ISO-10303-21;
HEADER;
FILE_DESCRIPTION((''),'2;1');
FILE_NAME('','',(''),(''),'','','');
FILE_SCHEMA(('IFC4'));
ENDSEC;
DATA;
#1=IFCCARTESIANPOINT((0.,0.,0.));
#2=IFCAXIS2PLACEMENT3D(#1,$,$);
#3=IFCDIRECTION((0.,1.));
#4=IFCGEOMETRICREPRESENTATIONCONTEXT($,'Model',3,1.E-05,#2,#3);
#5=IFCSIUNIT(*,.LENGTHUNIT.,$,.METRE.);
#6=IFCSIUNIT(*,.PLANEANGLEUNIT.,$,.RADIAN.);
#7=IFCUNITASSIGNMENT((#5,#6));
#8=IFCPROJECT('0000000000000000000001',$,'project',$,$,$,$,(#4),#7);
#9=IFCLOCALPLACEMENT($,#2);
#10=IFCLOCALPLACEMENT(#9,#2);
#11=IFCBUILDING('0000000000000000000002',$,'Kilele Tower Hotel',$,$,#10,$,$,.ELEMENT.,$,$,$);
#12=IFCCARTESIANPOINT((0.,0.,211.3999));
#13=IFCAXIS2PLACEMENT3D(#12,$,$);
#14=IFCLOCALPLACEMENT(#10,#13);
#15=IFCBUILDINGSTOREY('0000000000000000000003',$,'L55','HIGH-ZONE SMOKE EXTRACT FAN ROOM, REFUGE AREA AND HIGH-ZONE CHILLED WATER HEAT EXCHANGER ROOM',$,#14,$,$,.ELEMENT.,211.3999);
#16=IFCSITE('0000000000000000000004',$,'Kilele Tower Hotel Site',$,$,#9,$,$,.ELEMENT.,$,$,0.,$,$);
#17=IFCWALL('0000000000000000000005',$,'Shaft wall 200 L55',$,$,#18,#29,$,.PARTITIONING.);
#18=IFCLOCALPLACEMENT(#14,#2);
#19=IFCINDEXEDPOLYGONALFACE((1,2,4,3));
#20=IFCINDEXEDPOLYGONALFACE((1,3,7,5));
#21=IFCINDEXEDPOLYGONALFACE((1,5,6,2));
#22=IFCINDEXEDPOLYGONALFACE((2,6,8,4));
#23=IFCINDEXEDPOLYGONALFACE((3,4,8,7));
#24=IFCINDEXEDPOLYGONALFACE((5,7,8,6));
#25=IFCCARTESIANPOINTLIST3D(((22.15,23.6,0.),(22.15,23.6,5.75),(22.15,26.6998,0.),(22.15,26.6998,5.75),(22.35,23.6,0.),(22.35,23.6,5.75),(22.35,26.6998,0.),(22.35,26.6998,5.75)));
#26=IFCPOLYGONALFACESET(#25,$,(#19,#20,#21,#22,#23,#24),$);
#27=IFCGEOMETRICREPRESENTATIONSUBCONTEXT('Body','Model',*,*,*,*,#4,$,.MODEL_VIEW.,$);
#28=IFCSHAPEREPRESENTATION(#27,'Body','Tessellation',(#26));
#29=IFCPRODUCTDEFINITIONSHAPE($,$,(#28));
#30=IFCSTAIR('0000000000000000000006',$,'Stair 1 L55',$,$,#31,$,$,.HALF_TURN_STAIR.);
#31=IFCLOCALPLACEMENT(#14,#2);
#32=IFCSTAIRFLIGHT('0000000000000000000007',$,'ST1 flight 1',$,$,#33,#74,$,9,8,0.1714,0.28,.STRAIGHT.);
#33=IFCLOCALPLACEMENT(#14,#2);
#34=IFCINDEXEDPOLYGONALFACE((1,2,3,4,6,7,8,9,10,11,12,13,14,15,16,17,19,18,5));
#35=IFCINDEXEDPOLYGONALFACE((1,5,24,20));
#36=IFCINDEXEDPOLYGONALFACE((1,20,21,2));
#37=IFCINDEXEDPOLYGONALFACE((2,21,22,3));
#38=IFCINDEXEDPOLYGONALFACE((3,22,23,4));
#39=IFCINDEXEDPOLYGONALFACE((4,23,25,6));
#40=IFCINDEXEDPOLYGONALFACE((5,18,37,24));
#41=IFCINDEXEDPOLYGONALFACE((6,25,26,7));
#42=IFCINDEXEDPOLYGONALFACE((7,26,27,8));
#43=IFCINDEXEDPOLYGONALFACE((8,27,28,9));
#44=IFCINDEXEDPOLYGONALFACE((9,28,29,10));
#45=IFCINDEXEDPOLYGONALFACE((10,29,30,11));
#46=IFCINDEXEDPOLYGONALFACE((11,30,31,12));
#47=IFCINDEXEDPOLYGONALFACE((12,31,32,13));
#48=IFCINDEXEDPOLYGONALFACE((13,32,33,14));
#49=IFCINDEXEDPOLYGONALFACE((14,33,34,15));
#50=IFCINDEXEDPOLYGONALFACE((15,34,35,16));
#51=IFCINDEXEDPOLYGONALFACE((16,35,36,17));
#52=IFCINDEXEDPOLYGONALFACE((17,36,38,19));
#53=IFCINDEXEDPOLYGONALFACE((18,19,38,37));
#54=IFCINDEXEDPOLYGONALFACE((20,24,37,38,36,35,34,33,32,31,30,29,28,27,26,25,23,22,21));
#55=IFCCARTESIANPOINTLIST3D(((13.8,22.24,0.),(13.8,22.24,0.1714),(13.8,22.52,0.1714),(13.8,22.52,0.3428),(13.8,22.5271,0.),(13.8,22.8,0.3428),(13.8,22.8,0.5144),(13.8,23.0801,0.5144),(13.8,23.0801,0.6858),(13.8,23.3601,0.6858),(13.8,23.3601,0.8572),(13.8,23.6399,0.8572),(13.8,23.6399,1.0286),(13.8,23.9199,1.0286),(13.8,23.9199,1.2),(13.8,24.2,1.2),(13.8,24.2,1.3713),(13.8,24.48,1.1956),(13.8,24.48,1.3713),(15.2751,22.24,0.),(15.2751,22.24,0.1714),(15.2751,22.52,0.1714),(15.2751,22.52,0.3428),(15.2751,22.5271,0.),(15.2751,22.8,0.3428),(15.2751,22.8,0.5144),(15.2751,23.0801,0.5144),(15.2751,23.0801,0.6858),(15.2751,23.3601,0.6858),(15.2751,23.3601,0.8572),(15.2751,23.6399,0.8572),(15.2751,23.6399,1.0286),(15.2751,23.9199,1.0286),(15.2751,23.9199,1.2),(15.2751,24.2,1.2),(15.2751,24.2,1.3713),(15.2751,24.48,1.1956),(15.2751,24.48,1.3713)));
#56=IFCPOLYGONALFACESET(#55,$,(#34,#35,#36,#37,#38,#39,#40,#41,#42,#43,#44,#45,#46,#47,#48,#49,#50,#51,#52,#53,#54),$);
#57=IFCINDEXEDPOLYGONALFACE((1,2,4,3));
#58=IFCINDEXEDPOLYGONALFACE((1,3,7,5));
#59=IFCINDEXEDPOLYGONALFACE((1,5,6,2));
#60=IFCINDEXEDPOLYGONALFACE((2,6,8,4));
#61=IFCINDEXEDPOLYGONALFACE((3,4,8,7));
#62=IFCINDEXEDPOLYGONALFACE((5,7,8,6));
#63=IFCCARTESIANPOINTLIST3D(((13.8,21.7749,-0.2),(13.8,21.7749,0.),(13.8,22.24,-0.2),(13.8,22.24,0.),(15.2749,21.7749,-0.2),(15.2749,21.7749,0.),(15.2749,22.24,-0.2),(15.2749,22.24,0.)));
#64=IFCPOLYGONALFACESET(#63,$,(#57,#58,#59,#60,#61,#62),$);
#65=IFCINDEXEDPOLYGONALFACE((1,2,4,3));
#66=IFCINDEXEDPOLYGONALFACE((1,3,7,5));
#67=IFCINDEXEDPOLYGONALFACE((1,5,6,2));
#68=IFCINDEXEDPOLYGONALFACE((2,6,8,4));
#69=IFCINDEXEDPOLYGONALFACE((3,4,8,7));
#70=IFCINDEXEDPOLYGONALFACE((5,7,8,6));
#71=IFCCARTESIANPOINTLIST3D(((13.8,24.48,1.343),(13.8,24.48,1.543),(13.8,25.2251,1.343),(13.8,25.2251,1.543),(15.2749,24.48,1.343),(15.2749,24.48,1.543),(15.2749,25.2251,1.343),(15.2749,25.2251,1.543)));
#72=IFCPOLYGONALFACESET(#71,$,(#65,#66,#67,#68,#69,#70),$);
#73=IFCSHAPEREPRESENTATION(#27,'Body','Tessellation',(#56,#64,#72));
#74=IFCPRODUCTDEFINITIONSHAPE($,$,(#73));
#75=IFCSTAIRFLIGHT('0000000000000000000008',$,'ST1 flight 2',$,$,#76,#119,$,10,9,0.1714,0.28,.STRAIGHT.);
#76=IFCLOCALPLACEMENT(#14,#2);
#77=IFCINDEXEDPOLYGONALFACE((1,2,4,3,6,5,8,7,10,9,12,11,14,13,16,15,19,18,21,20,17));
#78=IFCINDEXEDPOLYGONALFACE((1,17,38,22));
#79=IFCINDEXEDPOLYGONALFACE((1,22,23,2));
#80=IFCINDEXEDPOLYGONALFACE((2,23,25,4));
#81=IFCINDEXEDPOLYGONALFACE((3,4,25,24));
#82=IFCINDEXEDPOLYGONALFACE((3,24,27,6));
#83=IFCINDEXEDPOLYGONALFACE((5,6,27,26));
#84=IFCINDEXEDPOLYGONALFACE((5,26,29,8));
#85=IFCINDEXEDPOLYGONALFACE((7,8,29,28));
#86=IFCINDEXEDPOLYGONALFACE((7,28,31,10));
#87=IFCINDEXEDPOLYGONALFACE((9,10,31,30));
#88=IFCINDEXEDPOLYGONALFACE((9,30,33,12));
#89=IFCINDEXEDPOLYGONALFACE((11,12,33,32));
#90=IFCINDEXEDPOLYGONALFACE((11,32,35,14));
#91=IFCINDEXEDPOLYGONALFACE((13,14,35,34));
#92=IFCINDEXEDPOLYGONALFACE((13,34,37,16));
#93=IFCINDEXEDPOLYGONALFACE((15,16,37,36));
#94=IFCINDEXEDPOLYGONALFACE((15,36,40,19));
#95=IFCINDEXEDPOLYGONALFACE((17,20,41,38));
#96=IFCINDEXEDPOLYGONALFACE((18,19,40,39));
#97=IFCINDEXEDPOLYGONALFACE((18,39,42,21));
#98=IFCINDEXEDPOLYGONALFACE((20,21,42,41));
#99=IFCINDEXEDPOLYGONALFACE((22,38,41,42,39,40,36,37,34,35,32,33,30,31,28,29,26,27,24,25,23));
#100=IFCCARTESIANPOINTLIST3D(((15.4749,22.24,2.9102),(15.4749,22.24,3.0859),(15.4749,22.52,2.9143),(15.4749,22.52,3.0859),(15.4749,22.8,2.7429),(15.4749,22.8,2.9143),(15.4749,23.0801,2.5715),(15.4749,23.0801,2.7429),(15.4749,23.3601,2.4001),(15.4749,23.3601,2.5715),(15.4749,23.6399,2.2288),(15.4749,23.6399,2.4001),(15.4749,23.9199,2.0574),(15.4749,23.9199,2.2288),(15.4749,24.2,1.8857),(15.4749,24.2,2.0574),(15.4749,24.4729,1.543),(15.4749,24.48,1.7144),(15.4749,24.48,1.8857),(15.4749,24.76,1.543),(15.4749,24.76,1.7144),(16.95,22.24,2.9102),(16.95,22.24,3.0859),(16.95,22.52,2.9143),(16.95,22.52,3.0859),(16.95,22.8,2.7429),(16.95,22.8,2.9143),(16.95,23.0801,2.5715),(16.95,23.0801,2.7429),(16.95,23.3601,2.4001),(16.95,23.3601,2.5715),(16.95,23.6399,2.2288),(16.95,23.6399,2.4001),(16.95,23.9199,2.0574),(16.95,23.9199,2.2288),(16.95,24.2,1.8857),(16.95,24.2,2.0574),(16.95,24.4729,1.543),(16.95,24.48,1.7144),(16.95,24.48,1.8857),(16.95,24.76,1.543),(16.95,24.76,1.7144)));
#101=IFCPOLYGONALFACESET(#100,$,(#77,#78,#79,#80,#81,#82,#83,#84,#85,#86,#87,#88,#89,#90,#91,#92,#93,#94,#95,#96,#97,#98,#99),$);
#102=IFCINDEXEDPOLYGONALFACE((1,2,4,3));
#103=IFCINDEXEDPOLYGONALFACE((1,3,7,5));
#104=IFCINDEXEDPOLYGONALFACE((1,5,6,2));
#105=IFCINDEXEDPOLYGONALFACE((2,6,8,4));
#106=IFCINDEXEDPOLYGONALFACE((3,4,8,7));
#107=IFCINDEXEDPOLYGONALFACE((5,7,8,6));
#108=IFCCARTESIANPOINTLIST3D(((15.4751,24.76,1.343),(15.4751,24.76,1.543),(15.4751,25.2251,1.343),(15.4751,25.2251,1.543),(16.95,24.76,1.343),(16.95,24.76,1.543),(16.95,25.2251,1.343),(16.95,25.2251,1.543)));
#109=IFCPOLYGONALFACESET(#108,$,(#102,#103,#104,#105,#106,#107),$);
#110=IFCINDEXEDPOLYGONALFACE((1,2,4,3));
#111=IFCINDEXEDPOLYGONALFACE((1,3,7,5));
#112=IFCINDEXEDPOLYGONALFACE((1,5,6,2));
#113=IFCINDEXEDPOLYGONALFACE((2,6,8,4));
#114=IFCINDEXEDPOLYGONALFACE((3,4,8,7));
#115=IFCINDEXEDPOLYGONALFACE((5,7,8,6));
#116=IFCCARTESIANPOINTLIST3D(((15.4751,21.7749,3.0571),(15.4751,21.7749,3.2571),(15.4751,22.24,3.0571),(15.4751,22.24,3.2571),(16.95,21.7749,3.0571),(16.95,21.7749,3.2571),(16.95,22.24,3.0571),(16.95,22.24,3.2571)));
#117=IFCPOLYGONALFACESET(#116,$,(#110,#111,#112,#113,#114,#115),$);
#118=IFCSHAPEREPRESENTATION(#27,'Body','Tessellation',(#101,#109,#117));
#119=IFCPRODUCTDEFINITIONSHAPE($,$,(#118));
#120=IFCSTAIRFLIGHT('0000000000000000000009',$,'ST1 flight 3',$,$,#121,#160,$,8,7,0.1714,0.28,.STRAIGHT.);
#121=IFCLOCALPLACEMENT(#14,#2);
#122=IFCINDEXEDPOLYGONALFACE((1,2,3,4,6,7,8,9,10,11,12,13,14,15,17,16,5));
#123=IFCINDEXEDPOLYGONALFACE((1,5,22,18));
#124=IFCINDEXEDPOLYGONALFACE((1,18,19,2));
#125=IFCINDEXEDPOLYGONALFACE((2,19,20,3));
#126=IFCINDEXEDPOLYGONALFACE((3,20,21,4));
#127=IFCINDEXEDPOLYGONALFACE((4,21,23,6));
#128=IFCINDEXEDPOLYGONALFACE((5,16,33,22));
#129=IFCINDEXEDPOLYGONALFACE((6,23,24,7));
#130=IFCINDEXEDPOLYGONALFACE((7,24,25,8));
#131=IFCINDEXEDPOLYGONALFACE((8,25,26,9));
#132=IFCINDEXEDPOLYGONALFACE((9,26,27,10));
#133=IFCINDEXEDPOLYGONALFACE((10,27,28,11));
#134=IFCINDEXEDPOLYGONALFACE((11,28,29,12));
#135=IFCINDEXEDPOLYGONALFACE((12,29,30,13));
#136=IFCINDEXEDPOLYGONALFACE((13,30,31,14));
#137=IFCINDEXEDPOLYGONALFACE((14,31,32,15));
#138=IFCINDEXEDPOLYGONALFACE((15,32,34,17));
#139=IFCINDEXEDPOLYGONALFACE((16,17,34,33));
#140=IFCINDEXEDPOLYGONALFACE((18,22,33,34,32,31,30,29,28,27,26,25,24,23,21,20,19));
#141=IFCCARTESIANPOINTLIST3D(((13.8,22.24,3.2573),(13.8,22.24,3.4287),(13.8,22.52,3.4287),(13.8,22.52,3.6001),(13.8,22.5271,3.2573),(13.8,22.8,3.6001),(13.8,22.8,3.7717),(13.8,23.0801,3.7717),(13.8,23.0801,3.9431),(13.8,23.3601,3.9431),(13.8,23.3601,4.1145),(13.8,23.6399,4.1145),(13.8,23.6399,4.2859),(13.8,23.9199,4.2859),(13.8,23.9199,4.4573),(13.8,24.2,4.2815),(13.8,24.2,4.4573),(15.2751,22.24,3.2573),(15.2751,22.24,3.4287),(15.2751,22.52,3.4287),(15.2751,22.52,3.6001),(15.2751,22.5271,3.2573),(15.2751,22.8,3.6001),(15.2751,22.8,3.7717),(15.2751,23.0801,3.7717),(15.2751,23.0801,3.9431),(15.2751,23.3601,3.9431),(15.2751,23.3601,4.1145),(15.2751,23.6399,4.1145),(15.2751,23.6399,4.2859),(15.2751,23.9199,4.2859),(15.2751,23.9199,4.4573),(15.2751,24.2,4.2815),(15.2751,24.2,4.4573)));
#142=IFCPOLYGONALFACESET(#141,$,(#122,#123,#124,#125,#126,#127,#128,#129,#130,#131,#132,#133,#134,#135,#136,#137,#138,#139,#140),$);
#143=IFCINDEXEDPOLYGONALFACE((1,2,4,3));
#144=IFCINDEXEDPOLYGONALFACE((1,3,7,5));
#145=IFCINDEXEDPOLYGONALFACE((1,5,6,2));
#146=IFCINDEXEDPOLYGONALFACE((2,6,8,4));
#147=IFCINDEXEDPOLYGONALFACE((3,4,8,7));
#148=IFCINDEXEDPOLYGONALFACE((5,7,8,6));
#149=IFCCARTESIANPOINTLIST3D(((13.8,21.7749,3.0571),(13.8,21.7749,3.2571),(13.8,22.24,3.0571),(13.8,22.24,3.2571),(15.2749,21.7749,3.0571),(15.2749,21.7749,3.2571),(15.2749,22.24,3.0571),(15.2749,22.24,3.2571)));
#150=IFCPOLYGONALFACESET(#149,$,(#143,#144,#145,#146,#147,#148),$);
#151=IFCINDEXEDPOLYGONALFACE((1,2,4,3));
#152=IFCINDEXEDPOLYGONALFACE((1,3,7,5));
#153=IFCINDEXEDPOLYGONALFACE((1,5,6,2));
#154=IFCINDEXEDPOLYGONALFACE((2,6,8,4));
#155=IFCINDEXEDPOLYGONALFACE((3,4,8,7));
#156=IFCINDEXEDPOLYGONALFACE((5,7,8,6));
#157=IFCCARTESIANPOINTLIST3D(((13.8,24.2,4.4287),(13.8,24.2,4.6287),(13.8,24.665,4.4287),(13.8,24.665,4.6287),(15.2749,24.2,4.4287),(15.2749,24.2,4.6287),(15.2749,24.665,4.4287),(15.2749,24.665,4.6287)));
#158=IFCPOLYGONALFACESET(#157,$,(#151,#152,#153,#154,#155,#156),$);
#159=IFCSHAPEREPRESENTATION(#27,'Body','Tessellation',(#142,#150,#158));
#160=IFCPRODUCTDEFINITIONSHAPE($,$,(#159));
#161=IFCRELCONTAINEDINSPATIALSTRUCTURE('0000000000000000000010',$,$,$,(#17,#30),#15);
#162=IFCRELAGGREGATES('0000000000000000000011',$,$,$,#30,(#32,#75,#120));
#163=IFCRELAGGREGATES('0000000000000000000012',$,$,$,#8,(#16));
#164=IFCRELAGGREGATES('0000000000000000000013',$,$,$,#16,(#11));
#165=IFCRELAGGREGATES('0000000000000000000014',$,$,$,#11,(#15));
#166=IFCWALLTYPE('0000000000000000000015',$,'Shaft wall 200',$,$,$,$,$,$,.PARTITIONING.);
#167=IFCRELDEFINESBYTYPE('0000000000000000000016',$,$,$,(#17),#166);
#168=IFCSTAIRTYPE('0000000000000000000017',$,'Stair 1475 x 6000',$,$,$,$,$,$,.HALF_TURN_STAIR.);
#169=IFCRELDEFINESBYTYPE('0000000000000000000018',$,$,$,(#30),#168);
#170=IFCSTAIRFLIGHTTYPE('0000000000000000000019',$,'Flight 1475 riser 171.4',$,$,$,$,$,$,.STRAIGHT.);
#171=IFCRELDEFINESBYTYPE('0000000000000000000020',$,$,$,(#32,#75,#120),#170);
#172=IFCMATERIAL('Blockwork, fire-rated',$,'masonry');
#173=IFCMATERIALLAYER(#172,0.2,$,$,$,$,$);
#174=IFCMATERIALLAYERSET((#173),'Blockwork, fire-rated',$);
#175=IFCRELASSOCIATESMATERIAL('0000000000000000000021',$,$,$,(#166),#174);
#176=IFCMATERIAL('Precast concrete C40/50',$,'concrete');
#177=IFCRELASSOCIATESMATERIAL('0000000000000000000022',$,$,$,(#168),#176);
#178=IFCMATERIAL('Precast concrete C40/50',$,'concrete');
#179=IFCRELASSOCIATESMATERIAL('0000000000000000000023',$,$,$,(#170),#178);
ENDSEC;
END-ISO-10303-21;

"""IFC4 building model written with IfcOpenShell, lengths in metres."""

from ifc_helpers import new_model, si_unit, direction, frame, frame_2d, origin, place, context, subcontext, project, spatial, polyline, rectangle, outline, extrude, material, layer, layer_set, type_object, element, aggregate, save


model = new_model("IFC4")

# Units and contexts
model_context = context("Model", 3, precision=1e-05, world=origin(), true_north=direction((0.0, 1.0)))
body_context = subcontext(model_context, "Body", "Model", "MODEL_VIEW")
ifc_project = project(units=[si_unit("LENGTHUNIT", "METRE"), si_unit("PLANEANGLEUNIT", "RADIAN")], contexts=[model_context])

# Site, building, storey
site_placement = place(None, origin())
site = spatial("IfcSite", under=ifc_project, at=site_placement, Name="Kilele Tower Hotel Site", CompositionType="ELEMENT", RefElevation=0.0)
building_placement = place(site_placement, origin())
building = spatial("IfcBuilding", under=site, at=building_placement, Name="Kilele Tower Hotel", CompositionType="ELEMENT")
storey_placement = place(building_placement, frame((0.0, 0.0, 211.3999)))
storey = spatial("IfcBuildingStorey", under=building, at=storey_placement, Name="L55", Description="HIGH-ZONE SMOKE EXTRACT FAN ROOM, REFUGE AREA AND HIGH-ZONE CHILLED WATER HEAT EXCHANGER ROOM", CompositionType="ELEMENT", Elevation=211.3999)

# Wall
ifc_material_1 = material(Name="Blockwork, fire-rated", Category="masonry")
ifc_layer_1 = layer(ifc_material_1, 0.2)
ifc_layer_set_1 = layer_set([ifc_layer_1], Name="Blockwork, fire-rated")
wall_type_1 = type_object("IfcWallType", Name="Shaft wall 200", PredefinedType="PARTITIONING", material=ifc_layer_set_1)
wall_1_placement = place(storey_placement, frame((22.25, 23.6001, 0.0), z_axis=(0.0, 0.0, 1.0), x_axis=(0.0, 1.0, 0.0)))
element("IfcWall", 1, at=wall_1_placement, inside=storey, type_object=wall_type_1, Name="Shaft wall 200 L55", PredefinedType="PARTITIONING", context=body_context, shape_type="SweptSolid", body=[
    extrude(rectangle(XDim=3.0999, YDim=0.2, at=frame_2d((1.5498, 0.0))), origin(), (0.0, 0.0, 1.0), 5.75),
])

# Stair, stair flights
ifc_material_2 = material(Name="Precast concrete C40/50", Category="concrete")
stair_type = type_object("IfcStairType", Name="Stair 1475 x 6000", PredefinedType="HALF_TURN_STAIR", material=ifc_material_2)
stair_placement = place(storey_placement, origin())
stair = element("IfcStair", 2, at=stair_placement, inside=storey, type_object=stair_type, Name="Stair 1 L55", PredefinedType="HALF_TURN_STAIR")
ifc_material_3 = material(Name="Precast concrete C40/50", Category="concrete")
stair_flight_type = type_object("IfcStairFlightType", Name="Flight 1475 riser 171.4", PredefinedType="STRAIGHT", material=ifc_material_3)
stair_flight_1_placement = place(storey_placement, frame((14.5376, 22.24, 0.0), z_axis=(0.0, 0.0, 1.0), x_axis=(0.0, 1.0, 0.0)))
stair_flight_1 = element("IfcStairFlight", 3, at=stair_flight_1_placement, type_object=stair_flight_type, Name="ST1 flight 1", NumberOfRisers=9, NumberOfTreads=8, PredefinedType="STRAIGHT", RiserHeight=0.1714, TreadLength=0.28, context=body_context, shape_type="SweptSolid", body=[
    extrude(outline(polyline([(0.0, 0.0), (0.0, 0.1714), (0.28, 0.1714), (0.28, 0.3428), (0.5601, 0.3428), (0.5601, 0.5144), (0.8401, 0.5144), (0.8401, 0.6858), (1.1201, 0.6858), (1.1201, 0.8572), (1.3999, 0.8572), (1.3999, 1.0286), (1.6799, 1.0286), (1.6799, 1.2), (1.96, 1.2), (1.96, 1.3713), (2.24, 1.3713), (2.24, 1.543), (2.24, 1.1956), (0.2871, 0.0), (0.0, 0.0)])), frame((0.0, 0.7375, 0.0), z_axis=(0.0, -1.0, 0.0), x_axis=(1.0, 0.0, 0.0)), (0.0, 0.0, 1.0), 1.4751),
    extrude(outline(polyline([(-0.4651, 0.7375), (-0.4651, -0.7373), (0.0, -0.7373), (0.0, 0.7375), (-0.4651, 0.7375)])), frame((0.0, 0.0, -0.2)), (0.0, 0.0, 1.0), 0.2),
    extrude(outline(polyline([(2.24, 0.7375), (2.24, -0.7373), (2.9851, -0.7373), (2.9851, 0.7375), (2.24, 0.7375)])), frame((0.0, 0.0, 1.343)), (0.0, 0.0, 1.0), 0.2),
])
stair_flight_2_placement = place(storey_placement, frame((16.2124, 24.76, 1.543), z_axis=(0.0, 0.0, 1.0), x_axis=(0.0, -1.0, 0.0)))
stair_flight_2 = element("IfcStairFlight", 4, at=stair_flight_2_placement, type_object=stair_flight_type, Name="ST1 flight 2", NumberOfRisers=10, NumberOfTreads=9, PredefinedType="STRAIGHT", RiserHeight=0.1714, TreadLength=0.28, context=body_context, shape_type="SweptSolid", body=[
    extrude(outline(polyline([(0.0, 0.0), (0.0, 0.1714), (0.28, 0.1714), (0.28, 0.3428), (0.5601, 0.3428), (0.5601, 0.5144), (0.8401, 0.5144), (0.8401, 0.6858), (1.1201, 0.6858), (1.1201, 0.8572), (1.3999, 0.8572), (1.3999, 1.0286), (1.6799, 1.0286), (1.6799, 1.2), (1.96, 1.2), (1.96, 1.3713), (2.24, 1.3713), (2.24, 1.543), (2.52, 1.543), (2.52, 1.7144), (2.52, 1.3672), (0.2871, 0.0), (0.0, 0.0)])), frame((0.0, 0.7375, 0.0), z_axis=(0.0, -1.0, 0.0), x_axis=(1.0, 0.0, 0.0)), (0.0, 0.0, 1.0), 1.4751),
    extrude(outline(polyline([(0.0, -0.7373), (0.0, 0.7375), (-0.4651, 0.7375), (-0.4651, -0.7373), (0.0, -0.7373)])), frame((0.0, 0.0, -0.2)), (0.0, 0.0, 1.0), 0.2),
    extrude(outline(polyline([(2.9851, -0.7373), (2.9851, 0.7375), (2.52, 0.7375), (2.52, -0.7373), (2.9851, -0.7373)])), frame((0.0, 0.0, 1.5142)), (0.0, 0.0, 1.0), 0.2),
])
stair_flight_3_placement = place(storey_placement, frame((14.5376, 22.24, 3.2573), z_axis=(0.0, 0.0, 1.0), x_axis=(0.0, 1.0, 0.0)))
stair_flight_3 = element("IfcStairFlight", 5, at=stair_flight_3_placement, type_object=stair_flight_type, Name="ST1 flight 3", NumberOfRisers=8, NumberOfTreads=7, PredefinedType="STRAIGHT", RiserHeight=0.1714, TreadLength=0.28, context=body_context, shape_type="SweptSolid", body=[
    extrude(outline(polyline([(0.0, 0.0), (0.0, 0.1714), (0.28, 0.1714), (0.28, 0.3428), (0.5601, 0.3428), (0.5601, 0.5144), (0.8401, 0.5144), (0.8401, 0.6858), (1.1201, 0.6858), (1.1201, 0.8572), (1.3999, 0.8572), (1.3999, 1.0286), (1.6799, 1.0286), (1.6799, 1.2), (1.96, 1.2), (1.96, 1.3713), (1.96, 1.0242), (0.2871, 0.0), (0.0, 0.0)])), frame((0.0, 0.7375, 0.0), z_axis=(0.0, -1.0, 0.0), x_axis=(1.0, 0.0, 0.0)), (0.0, 0.0, 1.0), 1.4751),
    extrude(outline(polyline([(-0.4651, 0.7375), (-0.4651, -0.7373), (0.0, -0.7373), (0.0, 0.7375), (-0.4651, 0.7375)])), frame((0.0, 0.0, -0.2002)), (0.0, 0.0, 1.0), 0.2),
    extrude(outline(polyline([(1.96, 0.7375), (1.96, -0.7373), (2.425, -0.7373), (2.425, 0.7375), (1.96, 0.7375)])), frame((0.0, 0.0, 1.1714)), (0.0, 0.0, 1.0), 0.2),
])
aggregate(stair, [stair_flight_1, stair_flight_2, stair_flight_3])

save(model, "model.ifc")
